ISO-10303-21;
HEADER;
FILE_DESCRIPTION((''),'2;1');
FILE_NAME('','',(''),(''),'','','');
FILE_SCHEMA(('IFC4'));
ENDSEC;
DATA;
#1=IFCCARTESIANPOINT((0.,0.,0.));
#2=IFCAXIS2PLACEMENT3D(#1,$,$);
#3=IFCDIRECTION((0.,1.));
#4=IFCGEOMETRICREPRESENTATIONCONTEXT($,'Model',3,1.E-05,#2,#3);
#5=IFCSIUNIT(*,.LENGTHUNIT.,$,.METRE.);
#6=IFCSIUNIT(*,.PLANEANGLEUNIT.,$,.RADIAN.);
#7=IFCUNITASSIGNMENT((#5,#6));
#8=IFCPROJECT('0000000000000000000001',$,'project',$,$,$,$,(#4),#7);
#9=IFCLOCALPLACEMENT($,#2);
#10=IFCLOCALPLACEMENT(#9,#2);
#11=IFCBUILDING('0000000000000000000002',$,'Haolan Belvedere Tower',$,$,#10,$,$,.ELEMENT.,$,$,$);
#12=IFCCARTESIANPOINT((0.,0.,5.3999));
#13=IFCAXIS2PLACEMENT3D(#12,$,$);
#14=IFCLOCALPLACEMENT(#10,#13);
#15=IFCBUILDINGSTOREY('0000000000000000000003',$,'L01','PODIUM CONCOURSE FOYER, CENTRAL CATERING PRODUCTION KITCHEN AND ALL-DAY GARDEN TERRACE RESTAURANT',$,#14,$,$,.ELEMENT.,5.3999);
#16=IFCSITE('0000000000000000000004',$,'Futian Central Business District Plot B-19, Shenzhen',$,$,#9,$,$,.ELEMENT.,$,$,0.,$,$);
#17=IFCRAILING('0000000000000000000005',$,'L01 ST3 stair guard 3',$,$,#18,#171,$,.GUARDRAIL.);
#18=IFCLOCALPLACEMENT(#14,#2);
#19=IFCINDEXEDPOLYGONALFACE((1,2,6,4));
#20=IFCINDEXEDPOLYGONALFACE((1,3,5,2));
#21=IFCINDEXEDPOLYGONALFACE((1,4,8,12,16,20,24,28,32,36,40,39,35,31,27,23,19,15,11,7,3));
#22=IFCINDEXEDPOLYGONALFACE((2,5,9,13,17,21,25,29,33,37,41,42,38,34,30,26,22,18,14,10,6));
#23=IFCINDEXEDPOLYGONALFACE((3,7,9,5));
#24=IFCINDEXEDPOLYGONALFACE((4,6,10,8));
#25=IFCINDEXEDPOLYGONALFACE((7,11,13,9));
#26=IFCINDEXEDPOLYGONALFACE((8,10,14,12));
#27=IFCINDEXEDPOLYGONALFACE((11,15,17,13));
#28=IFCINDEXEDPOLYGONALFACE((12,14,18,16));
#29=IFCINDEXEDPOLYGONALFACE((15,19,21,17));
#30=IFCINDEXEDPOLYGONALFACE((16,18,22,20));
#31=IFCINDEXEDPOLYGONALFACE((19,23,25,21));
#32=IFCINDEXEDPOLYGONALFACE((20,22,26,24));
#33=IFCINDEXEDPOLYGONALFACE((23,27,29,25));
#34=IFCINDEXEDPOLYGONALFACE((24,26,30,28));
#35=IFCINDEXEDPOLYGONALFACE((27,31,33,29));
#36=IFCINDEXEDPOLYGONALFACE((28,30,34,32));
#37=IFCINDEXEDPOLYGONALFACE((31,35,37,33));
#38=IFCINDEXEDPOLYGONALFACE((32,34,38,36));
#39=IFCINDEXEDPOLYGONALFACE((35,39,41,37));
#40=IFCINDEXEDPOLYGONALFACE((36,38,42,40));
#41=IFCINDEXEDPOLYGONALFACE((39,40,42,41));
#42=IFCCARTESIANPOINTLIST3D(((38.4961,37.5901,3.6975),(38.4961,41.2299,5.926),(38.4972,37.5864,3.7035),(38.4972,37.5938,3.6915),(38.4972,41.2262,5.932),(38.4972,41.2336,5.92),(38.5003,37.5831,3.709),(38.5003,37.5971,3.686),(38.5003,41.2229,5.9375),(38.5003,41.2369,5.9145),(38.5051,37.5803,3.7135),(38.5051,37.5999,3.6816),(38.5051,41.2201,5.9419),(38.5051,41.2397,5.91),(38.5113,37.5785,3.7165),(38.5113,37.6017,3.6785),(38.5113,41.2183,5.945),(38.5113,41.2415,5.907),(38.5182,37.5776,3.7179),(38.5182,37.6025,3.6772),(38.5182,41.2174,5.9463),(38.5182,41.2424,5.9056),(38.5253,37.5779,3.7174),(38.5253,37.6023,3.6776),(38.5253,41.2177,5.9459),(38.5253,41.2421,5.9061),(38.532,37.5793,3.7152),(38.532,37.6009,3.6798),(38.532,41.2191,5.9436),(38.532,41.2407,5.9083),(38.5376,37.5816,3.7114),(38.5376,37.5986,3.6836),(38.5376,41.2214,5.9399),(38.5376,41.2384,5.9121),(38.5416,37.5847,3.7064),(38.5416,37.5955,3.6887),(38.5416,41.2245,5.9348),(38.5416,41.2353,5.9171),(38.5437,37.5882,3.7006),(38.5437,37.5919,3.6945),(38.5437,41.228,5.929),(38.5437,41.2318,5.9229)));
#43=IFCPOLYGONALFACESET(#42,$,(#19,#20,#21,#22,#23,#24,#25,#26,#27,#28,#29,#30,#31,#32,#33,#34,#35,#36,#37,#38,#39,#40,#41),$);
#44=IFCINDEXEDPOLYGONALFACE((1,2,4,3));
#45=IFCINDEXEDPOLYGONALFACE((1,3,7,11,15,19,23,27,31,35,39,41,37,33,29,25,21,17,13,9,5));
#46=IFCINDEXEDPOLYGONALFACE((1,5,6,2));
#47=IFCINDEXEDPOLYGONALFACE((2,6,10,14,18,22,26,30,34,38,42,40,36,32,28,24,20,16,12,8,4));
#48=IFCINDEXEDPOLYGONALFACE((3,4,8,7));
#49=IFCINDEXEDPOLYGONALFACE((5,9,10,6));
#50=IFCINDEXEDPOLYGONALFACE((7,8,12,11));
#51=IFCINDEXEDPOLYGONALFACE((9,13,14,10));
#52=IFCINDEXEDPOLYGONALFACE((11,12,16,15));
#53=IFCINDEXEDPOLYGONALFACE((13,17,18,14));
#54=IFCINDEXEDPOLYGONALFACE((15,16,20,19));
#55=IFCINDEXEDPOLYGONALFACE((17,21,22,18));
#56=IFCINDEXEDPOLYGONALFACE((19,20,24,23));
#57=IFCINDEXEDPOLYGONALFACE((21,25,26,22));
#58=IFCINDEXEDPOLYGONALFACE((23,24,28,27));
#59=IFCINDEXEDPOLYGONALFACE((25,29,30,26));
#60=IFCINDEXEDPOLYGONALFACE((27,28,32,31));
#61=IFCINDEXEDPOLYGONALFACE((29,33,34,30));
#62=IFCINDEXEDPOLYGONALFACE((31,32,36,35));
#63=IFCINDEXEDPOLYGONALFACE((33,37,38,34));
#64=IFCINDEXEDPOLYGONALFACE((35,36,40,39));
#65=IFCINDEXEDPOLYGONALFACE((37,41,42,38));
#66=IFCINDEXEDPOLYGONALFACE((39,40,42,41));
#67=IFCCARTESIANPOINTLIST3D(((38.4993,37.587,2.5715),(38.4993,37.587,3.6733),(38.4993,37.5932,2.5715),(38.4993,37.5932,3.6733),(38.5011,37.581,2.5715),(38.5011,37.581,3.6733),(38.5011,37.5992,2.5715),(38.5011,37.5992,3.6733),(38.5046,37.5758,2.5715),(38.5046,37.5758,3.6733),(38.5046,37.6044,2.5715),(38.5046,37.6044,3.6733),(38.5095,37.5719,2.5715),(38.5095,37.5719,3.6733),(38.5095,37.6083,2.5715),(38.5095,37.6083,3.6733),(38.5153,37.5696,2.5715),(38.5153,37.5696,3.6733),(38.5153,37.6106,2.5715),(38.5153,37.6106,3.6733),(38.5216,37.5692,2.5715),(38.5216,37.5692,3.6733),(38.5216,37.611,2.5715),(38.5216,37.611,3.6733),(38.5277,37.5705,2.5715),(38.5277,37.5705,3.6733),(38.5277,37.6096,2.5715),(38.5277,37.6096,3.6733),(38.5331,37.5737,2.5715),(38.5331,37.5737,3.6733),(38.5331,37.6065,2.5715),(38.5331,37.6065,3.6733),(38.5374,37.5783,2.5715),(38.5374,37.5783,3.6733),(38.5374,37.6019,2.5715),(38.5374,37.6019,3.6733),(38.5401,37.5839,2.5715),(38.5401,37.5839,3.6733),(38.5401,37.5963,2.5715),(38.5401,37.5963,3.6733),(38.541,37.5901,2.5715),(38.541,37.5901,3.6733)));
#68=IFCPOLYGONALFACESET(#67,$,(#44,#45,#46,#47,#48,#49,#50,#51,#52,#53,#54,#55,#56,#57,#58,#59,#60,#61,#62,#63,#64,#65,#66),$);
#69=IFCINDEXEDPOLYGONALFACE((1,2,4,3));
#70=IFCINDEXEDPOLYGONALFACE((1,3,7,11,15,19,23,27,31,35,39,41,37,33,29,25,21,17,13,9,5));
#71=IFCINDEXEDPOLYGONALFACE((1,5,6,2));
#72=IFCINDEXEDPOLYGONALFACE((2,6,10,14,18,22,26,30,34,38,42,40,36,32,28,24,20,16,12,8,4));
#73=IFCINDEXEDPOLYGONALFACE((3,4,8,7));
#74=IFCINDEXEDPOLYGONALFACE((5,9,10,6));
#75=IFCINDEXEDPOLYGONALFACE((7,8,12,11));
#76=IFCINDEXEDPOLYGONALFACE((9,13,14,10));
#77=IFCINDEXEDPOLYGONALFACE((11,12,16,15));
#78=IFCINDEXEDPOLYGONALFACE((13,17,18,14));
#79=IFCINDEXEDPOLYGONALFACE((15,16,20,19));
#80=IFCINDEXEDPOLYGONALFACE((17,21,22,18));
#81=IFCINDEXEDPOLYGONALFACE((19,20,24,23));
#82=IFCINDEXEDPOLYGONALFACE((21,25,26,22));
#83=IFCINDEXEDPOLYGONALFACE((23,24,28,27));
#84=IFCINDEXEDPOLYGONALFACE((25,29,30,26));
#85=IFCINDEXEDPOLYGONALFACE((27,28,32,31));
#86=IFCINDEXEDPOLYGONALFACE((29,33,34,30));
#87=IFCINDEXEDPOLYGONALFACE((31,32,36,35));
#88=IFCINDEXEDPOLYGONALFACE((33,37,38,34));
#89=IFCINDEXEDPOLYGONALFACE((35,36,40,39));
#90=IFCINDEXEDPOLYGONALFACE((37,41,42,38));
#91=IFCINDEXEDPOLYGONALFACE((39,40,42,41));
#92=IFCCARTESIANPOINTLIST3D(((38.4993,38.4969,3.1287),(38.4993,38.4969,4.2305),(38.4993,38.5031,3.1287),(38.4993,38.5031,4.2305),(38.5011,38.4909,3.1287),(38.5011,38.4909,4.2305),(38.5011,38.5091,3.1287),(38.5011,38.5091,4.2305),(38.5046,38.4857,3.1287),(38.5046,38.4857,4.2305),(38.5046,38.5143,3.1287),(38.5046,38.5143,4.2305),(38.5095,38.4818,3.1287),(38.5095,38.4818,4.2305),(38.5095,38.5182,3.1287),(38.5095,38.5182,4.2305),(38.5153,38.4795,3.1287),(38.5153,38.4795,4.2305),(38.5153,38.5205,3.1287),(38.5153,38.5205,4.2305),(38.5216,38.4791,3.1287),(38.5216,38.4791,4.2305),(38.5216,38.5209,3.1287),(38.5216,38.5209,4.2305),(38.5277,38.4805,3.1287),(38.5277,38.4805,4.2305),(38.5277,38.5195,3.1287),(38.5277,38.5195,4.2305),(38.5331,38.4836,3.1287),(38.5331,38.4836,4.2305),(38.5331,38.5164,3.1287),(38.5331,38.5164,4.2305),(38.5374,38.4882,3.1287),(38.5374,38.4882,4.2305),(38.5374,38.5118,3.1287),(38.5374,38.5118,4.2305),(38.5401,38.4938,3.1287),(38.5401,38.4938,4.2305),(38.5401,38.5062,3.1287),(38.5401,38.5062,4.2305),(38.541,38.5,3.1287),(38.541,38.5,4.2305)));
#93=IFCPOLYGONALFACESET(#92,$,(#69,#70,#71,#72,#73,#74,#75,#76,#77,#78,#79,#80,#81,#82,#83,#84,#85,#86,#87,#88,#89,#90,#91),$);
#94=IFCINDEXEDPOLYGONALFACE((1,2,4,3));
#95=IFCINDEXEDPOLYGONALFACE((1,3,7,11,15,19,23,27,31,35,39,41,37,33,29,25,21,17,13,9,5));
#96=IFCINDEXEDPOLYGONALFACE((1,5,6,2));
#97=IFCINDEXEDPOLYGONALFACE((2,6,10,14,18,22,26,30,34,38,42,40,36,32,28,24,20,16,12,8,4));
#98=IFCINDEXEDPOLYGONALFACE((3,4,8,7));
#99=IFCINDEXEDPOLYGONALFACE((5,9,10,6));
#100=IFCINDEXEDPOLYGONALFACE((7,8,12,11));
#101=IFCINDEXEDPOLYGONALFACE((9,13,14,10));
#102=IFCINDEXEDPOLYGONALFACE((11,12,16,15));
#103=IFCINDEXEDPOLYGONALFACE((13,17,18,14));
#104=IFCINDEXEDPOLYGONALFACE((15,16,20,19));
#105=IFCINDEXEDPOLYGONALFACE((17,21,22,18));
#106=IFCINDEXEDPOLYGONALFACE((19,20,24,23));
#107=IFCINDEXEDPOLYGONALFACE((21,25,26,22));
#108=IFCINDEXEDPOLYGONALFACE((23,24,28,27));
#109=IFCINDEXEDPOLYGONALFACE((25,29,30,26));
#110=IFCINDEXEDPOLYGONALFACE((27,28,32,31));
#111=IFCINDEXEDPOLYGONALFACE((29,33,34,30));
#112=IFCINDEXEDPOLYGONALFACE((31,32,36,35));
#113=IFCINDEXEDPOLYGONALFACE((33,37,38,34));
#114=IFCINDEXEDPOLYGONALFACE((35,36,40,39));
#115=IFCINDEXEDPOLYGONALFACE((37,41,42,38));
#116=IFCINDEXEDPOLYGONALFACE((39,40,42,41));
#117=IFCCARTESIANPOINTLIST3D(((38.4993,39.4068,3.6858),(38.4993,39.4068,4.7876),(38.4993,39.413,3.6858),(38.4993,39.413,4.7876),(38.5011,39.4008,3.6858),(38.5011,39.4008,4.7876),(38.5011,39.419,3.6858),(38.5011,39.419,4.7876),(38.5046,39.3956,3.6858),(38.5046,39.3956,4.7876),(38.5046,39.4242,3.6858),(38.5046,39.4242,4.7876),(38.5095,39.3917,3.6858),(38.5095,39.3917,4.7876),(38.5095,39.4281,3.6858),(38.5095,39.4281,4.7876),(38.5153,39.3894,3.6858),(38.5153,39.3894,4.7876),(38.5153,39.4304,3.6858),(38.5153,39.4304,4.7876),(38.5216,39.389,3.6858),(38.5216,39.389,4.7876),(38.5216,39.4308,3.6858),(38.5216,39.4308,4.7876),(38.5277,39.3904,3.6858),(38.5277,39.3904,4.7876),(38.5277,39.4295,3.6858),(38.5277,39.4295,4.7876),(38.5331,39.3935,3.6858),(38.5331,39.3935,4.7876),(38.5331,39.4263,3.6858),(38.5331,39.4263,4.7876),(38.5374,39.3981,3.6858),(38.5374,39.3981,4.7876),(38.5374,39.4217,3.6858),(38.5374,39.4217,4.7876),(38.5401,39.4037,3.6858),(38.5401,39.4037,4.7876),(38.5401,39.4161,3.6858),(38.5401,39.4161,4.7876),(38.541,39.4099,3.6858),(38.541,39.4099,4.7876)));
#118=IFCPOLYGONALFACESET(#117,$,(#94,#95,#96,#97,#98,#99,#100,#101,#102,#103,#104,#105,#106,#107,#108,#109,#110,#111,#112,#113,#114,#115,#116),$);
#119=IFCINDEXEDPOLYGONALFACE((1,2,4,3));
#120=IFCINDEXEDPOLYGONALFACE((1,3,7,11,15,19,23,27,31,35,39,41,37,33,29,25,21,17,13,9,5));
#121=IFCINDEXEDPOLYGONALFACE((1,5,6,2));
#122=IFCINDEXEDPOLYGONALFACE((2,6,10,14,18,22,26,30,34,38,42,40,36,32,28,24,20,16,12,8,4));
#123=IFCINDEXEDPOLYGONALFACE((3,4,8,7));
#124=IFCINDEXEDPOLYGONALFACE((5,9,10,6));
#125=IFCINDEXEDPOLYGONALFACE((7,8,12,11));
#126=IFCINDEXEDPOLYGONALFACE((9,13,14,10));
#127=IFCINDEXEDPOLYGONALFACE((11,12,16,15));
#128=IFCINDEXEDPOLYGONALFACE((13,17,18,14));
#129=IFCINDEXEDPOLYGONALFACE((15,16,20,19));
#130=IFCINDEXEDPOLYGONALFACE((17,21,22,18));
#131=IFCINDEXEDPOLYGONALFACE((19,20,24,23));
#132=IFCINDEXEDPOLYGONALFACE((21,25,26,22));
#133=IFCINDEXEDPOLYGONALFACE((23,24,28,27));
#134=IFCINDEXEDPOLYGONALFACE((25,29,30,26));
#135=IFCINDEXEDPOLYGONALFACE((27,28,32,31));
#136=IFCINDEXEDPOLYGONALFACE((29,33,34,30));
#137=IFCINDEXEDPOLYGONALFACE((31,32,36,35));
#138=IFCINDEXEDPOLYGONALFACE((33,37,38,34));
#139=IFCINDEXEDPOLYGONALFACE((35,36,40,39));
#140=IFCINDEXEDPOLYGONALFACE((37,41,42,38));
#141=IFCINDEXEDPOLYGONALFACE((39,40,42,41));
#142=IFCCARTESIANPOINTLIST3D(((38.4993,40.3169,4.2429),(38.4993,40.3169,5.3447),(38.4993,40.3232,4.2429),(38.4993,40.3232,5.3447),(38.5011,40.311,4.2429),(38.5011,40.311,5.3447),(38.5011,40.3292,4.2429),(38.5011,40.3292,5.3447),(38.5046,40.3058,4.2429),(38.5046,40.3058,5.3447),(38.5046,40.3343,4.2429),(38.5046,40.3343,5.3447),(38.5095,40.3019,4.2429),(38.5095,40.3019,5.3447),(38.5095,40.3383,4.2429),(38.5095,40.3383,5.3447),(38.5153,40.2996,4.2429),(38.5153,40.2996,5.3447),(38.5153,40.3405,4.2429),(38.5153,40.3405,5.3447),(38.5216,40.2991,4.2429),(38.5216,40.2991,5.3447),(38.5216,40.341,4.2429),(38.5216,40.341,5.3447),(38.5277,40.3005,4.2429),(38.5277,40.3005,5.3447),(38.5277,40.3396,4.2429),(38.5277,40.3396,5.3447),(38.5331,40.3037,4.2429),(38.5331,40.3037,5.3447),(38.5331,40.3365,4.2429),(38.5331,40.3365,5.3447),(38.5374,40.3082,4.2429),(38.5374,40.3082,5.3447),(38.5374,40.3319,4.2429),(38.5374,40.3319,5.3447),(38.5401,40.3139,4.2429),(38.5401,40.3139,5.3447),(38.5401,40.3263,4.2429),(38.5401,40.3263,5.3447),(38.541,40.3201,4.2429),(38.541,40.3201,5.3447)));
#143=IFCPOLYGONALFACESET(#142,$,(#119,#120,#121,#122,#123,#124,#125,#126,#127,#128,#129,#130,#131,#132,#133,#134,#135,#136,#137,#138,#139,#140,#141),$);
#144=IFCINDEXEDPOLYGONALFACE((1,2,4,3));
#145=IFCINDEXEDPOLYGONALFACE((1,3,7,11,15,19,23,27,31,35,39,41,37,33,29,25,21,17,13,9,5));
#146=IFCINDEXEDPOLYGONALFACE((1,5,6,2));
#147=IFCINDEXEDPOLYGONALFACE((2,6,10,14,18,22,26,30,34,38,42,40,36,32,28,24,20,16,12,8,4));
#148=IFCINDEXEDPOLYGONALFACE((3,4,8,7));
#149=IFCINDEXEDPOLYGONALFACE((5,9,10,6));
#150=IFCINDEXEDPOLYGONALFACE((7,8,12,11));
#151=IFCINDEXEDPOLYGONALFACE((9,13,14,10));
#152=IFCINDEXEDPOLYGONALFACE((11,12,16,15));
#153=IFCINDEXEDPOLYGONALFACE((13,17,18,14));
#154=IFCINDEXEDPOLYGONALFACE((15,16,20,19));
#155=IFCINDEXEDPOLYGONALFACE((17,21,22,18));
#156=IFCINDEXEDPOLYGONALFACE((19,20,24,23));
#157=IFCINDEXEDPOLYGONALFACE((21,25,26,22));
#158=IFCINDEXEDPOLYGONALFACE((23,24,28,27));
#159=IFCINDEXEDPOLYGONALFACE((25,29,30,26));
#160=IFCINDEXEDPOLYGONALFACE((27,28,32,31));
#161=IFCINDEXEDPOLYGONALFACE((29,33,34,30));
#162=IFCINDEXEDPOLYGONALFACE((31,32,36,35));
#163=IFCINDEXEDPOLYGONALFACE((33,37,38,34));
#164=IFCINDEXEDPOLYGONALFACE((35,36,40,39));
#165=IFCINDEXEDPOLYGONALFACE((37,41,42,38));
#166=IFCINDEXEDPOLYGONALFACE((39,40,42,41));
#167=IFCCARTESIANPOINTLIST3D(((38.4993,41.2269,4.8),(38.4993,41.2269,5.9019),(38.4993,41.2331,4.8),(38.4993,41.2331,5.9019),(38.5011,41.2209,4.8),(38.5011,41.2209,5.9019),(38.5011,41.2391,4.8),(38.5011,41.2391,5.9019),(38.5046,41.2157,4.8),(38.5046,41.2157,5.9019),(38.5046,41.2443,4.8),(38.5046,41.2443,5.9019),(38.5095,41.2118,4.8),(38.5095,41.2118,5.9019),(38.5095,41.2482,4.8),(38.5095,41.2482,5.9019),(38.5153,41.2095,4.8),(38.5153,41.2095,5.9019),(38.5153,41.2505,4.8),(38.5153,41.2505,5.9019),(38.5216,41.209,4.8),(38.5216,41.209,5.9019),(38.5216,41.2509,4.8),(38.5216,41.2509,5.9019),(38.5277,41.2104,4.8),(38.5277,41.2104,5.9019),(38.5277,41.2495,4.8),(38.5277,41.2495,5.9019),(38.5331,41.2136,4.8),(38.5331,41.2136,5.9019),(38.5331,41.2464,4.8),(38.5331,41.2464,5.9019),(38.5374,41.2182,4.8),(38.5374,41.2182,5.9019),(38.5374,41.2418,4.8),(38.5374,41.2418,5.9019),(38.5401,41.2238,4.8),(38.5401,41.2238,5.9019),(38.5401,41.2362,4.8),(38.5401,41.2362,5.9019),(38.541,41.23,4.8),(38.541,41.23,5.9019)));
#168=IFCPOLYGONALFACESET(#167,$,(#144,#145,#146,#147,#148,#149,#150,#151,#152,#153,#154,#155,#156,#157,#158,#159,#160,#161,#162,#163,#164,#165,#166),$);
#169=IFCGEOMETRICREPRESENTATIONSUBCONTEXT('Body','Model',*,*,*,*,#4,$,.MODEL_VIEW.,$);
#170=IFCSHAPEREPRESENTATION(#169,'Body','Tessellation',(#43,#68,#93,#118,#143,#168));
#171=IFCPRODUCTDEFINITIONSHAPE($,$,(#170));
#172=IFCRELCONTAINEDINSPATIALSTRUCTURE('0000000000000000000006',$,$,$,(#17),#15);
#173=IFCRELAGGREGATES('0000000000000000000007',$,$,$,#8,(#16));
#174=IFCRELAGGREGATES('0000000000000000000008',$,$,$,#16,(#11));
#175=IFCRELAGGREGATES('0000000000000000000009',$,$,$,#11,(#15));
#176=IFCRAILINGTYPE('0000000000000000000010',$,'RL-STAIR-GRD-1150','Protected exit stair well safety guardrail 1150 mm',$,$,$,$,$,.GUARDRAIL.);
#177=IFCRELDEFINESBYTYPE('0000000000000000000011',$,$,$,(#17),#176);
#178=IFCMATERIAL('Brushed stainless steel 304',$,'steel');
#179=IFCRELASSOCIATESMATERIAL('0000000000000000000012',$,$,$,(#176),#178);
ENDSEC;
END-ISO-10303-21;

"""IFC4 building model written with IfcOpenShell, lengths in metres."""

from ifc_helpers import new_model, si_unit, direction, frame, origin, origin_2d, place, context, subcontext, project, spatial, circle, extrude, material, type_object, element, save


model = new_model("IFC4")

# Units and contexts
model_context = context("Model", 3, precision=1e-05, world=origin(), true_north=direction((0.0, 1.0)))
body_context = subcontext(model_context, "Body", "Model", "MODEL_VIEW")
ifc_project = project(units=[si_unit("LENGTHUNIT", "METRE"), si_unit("PLANEANGLEUNIT", "RADIAN")], contexts=[model_context])

# Site, building, storey
site_placement = place(None, origin())
site = spatial("IfcSite", under=ifc_project, at=site_placement, Name="Futian Central Business District Plot B-19, Shenzhen", CompositionType="ELEMENT", RefElevation=0.0)
building_placement = place(site_placement, origin())
building = spatial("IfcBuilding", under=site, at=building_placement, Name="Haolan Belvedere Tower", CompositionType="ELEMENT")
storey_placement = place(building_placement, frame((0.0, 0.0, 5.3999)))
storey = spatial("IfcBuildingStorey", under=building, at=storey_placement, Name="L01", Description="PODIUM CONCOURSE FOYER, CENTRAL CATERING PRODUCTION KITCHEN AND ALL-DAY GARDEN TERRACE RESTAURANT", CompositionType="ELEMENT", Elevation=5.3999)

# Railing
ifc_material_1 = material(Name="Brushed stainless steel 304", Category="steel")
railing_type_1 = type_object("IfcRailingType", Name="RL-STAIR-GRD-1150", Description="Protected exit stair well safety guardrail 1150 mm", PredefinedType="GUARDRAIL", material=ifc_material_1)
railing_1_placement = place(storey_placement, frame((38.52, 37.5901, 2.5715)))
element("IfcRailing", 1, at=railing_1_placement, inside=storey, type_object=railing_type_1, Name="L01 ST3 stair guard 3", PredefinedType="GUARDRAIL", context=body_context, shape_type="SweptSolid", body=[
    extrude(circle(Radius=0.0239, at=origin_2d()), frame((0.0, 0.0, 1.126), z_axis=(0.0, 0.85285, 0.522156), x_axis=(-1.0, 0.0, 0.0)), (0.0, 0.0, 1.0), 4.2678),
    extrude(circle(Radius=0.021, at=origin_2d()), origin(), (0.0, 0.0, 1.0), 1.1018),
    extrude(circle(Radius=0.021, at=origin_2d()), frame((0.0, 0.9099, 0.5571)), (0.0, 0.0, 1.0), 1.1018),
    extrude(circle(Radius=0.021, at=origin_2d()), frame((0.0, 1.8198, 1.1143)), (0.0, 0.0, 1.0), 1.1018),
    extrude(circle(Radius=0.021, at=origin_2d()), frame((0.0, 2.73, 1.6714)), (0.0, 0.0, 1.0), 1.1018),
    extrude(circle(Radius=0.021, at=origin_2d()), frame((0.0, 3.6399, 2.2285)), (0.0, 0.0, 1.0), 1.1018),
])

save(model, "model.ifc")
